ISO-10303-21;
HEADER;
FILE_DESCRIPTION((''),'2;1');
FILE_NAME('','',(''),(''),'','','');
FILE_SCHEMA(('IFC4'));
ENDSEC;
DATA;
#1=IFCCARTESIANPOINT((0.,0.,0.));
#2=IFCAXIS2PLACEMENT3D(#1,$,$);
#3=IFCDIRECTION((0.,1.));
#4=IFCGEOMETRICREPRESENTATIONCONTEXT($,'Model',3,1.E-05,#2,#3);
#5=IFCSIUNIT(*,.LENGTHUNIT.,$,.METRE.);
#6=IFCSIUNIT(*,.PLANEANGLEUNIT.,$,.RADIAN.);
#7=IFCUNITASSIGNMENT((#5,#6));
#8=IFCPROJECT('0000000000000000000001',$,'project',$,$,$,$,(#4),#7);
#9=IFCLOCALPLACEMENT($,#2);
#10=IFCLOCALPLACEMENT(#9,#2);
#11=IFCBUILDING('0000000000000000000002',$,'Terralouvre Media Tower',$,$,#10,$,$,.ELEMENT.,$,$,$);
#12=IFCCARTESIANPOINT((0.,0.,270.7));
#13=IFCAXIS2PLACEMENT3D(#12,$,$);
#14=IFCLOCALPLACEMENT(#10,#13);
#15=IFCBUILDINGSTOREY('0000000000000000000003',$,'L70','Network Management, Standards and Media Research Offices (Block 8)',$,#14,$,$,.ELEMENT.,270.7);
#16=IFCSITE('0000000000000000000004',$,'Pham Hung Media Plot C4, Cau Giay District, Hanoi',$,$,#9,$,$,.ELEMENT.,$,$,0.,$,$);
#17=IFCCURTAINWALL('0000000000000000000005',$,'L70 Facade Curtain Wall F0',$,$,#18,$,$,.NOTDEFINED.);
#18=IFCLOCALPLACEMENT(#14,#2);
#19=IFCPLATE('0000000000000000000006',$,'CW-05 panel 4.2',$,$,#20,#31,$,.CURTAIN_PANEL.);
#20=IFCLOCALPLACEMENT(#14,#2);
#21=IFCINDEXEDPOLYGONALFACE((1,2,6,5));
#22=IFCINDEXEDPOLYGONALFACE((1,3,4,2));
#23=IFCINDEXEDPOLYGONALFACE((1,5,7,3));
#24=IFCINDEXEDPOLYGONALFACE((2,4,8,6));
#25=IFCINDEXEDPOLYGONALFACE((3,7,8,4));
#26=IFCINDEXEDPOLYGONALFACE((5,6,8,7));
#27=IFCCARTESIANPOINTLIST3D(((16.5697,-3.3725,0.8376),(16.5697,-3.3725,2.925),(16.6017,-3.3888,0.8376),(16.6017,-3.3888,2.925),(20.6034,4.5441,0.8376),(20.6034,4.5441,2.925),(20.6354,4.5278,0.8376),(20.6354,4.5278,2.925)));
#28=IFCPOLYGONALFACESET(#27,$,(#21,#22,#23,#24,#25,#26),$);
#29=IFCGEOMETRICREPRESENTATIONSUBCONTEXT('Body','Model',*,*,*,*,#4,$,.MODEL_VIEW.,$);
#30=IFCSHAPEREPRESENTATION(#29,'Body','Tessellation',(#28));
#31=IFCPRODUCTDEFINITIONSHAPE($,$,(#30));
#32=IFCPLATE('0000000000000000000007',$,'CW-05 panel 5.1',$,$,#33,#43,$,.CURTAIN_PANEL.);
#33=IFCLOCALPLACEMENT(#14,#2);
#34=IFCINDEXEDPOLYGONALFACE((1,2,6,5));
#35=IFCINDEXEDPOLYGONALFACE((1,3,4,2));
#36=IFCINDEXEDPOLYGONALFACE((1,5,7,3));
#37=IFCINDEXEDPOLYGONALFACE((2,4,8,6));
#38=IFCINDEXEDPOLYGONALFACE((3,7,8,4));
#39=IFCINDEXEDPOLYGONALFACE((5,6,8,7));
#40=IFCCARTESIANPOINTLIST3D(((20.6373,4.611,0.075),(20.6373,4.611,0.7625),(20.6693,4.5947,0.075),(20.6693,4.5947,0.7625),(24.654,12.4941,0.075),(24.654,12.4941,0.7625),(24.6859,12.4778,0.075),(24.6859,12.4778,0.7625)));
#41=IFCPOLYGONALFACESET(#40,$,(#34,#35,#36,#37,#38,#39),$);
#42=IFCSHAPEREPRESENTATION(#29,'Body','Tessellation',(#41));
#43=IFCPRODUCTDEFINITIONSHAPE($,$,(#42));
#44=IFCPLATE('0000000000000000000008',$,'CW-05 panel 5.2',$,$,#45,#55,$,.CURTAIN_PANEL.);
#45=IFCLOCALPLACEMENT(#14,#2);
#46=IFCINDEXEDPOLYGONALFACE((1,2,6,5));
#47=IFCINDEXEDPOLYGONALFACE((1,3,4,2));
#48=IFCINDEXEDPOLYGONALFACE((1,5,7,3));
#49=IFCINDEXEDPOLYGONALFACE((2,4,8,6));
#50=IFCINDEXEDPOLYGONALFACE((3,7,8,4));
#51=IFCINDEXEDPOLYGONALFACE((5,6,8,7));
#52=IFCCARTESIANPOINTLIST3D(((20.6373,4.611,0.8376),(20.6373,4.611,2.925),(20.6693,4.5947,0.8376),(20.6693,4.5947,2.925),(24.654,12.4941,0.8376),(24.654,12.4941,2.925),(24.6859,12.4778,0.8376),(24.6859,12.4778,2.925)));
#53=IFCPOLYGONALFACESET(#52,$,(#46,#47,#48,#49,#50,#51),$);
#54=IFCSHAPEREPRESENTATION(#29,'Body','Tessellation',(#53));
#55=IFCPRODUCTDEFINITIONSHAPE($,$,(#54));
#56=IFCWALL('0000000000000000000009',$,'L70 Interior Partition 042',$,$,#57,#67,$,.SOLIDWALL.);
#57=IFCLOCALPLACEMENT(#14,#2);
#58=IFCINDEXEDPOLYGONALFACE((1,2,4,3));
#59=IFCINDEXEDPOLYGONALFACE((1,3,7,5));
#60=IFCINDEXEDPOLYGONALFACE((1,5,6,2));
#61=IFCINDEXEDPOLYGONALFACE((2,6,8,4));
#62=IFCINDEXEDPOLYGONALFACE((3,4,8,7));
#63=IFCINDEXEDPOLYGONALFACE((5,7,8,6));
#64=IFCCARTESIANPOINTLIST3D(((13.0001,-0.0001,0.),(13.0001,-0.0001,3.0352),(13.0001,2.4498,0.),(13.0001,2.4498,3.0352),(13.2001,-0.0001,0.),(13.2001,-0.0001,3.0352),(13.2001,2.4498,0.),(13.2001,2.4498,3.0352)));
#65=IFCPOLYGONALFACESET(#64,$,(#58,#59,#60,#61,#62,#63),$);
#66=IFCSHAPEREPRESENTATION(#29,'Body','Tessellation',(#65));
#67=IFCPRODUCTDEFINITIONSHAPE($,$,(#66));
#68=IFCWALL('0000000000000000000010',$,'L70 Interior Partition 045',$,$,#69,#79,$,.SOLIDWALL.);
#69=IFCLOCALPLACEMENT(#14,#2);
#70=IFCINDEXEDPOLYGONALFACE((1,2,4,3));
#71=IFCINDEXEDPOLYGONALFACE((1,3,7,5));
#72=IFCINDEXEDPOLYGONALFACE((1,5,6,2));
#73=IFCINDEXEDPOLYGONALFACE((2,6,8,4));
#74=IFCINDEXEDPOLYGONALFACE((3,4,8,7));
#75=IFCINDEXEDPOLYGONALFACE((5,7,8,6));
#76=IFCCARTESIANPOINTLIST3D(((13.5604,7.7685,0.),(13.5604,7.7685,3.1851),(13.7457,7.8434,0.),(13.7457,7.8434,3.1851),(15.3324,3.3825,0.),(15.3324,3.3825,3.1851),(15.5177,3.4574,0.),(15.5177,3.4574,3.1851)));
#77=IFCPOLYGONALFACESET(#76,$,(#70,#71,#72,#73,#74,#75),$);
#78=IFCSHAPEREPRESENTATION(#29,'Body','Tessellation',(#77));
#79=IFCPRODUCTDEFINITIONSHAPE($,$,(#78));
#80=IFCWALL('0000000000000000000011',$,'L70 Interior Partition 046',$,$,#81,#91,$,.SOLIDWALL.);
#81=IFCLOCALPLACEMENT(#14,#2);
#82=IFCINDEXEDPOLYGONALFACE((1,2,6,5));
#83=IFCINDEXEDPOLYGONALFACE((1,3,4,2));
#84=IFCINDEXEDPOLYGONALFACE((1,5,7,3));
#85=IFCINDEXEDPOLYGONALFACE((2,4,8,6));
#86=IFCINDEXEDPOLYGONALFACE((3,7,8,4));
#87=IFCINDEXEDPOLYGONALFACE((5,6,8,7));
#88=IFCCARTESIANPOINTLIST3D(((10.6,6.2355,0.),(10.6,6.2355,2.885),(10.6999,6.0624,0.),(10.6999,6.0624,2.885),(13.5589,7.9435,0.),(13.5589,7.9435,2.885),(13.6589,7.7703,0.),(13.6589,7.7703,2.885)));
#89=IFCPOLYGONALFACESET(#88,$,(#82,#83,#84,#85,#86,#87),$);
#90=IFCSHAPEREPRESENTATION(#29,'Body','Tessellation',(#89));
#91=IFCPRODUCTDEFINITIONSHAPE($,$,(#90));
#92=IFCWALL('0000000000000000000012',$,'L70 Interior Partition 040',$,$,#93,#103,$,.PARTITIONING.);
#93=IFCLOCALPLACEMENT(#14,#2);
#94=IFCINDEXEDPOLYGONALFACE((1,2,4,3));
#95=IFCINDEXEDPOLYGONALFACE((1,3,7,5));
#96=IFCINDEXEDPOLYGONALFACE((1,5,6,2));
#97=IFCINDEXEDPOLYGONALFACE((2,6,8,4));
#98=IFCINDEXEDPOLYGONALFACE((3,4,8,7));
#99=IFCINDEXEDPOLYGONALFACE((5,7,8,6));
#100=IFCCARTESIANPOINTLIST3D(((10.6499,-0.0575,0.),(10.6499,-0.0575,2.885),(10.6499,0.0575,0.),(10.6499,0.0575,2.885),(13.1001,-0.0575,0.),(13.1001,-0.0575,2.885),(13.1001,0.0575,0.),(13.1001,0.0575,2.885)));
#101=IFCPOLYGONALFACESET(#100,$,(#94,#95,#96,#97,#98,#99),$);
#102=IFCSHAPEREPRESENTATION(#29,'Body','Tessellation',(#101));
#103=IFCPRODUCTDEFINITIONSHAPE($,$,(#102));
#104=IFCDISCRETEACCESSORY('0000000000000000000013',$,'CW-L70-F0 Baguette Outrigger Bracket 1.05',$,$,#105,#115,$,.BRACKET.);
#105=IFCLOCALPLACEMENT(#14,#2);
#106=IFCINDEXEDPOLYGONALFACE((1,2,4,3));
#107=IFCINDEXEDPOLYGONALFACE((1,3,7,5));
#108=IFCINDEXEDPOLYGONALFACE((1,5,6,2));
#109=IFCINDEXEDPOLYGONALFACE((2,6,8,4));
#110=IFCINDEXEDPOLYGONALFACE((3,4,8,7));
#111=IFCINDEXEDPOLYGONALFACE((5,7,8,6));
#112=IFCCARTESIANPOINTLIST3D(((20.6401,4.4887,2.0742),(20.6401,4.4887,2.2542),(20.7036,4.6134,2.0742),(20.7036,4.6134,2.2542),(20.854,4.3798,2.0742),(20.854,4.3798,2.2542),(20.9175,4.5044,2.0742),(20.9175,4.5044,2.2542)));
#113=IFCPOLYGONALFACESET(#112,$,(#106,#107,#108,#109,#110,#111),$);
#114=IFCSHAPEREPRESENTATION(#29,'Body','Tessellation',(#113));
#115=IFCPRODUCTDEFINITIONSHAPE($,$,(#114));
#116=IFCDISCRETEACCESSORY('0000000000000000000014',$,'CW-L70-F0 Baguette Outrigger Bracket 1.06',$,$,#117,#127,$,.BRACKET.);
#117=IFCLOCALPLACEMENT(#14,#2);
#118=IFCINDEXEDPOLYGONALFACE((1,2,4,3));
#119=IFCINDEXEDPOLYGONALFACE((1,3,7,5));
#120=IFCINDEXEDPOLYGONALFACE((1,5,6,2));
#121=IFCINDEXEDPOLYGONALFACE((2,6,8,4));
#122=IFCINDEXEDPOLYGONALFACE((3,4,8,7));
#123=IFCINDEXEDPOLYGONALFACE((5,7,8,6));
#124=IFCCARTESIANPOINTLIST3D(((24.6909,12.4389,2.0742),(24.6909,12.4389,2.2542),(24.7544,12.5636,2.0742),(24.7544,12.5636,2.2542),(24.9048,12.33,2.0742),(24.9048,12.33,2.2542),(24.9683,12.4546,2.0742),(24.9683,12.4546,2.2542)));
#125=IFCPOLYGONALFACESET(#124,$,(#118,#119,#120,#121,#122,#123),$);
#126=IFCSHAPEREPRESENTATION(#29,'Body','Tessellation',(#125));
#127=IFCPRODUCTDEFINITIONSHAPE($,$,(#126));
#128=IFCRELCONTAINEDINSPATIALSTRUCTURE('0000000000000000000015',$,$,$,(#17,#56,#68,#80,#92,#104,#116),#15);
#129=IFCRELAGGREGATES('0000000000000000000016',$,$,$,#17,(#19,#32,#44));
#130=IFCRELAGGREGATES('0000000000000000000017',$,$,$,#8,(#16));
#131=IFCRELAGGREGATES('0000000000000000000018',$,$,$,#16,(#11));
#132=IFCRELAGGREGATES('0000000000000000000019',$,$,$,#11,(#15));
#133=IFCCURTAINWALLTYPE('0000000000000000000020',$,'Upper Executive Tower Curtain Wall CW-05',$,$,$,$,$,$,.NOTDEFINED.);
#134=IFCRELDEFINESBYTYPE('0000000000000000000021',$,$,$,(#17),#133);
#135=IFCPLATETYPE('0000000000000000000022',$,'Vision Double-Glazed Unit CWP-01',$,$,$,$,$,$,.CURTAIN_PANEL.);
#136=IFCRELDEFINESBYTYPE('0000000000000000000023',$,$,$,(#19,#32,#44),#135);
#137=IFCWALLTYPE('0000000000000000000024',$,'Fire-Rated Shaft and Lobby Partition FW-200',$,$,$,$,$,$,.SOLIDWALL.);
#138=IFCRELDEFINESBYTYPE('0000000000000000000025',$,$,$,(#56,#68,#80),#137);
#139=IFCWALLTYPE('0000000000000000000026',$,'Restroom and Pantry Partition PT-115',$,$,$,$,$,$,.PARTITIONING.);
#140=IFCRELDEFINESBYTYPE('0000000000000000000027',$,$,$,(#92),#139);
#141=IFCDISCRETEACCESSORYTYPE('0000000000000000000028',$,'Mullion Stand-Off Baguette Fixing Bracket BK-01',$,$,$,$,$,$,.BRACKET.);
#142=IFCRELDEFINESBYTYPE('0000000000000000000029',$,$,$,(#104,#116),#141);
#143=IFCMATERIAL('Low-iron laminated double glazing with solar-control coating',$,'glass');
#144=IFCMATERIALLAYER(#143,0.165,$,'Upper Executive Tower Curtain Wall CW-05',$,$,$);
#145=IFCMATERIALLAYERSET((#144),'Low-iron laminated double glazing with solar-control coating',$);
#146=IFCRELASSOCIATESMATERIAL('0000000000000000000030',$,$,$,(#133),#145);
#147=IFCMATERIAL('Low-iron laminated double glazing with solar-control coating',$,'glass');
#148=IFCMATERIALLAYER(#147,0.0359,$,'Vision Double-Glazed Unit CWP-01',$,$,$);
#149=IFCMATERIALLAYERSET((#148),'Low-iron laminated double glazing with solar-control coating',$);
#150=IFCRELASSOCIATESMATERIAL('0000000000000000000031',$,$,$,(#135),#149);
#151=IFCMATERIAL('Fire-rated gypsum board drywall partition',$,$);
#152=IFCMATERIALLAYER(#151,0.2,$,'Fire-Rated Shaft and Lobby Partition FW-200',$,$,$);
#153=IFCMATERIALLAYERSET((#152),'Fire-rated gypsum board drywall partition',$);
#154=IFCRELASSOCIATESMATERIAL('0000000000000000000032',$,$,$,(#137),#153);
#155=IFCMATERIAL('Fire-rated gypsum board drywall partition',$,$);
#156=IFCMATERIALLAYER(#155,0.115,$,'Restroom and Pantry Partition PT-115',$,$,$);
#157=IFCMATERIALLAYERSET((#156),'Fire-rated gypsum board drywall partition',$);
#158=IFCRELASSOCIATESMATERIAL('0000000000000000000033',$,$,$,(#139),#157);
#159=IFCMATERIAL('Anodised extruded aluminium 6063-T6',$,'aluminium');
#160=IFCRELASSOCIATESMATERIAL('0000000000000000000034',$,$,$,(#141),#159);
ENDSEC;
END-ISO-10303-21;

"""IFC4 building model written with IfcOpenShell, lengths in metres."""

from ifc_helpers import new_model, si_unit, direction, frame, frame_2d, origin, origin_2d, place, context, subcontext, project, spatial, rectangle, extrude, material, layer, layer_set, type_object, element, aggregate, save


model = new_model("IFC4")

# Units and contexts
model_context = context("Model", 3, precision=1e-05, world=origin(), true_north=direction((0.0, 1.0)))
body_context = subcontext(model_context, "Body", "Model", "MODEL_VIEW")
ifc_project = project(units=[si_unit("LENGTHUNIT", "METRE"), si_unit("PLANEANGLEUNIT", "RADIAN")], contexts=[model_context])

# Site, building, storey
site_placement = place(None, origin())
site = spatial("IfcSite", under=ifc_project, at=site_placement, Name="Pham Hung Media Plot C4, Cau Giay District, Hanoi", CompositionType="ELEMENT", RefElevation=0.0)
building_placement = place(site_placement, origin())
building = spatial("IfcBuilding", under=site, at=building_placement, Name="Terralouvre Media Tower", CompositionType="ELEMENT")
storey_placement = place(building_placement, frame((0.0, 0.0, 270.7)))
storey = spatial("IfcBuildingStorey", under=building, at=storey_placement, Name="L70", Description="Network Management, Standards and Media Research Offices (Block 8)", CompositionType="ELEMENT", Elevation=270.7)

# Curtain wall
ifc_material_1 = material(Name="Low-iron laminated double glazing with solar-control coating", Category="glass")
ifc_layer_1 = layer(ifc_material_1, 0.165, Name="Upper Executive Tower Curtain Wall CW-05")
ifc_layer_set_1 = layer_set([ifc_layer_1], Name="Low-iron laminated double glazing with solar-control coating")
curtain_wall_type_1 = type_object("IfcCurtainWallType", Name="Upper Executive Tower Curtain Wall CW-05", PredefinedType="NOTDEFINED", material=ifc_layer_set_1)
curtain_wall_1_placement = place(storey_placement, origin())
curtain_wall_1 = element("IfcCurtainWall", 1, at=curtain_wall_1_placement, inside=storey, type_object=curtain_wall_type_1, Name="L70 Facade Curtain Wall F0", PredefinedType="NOTDEFINED")

# Plates
ifc_material_2 = material(Name="Low-iron laminated double glazing with solar-control coating", Category="glass")
ifc_layer_2 = layer(ifc_material_2, 0.0359, Name="Vision Double-Glazed Unit CWP-01")
ifc_layer_set_2 = layer_set([ifc_layer_2], Name="Low-iron laminated double glazing with solar-control coating")
plate_type = type_object("IfcPlateType", Name="Vision Double-Glazed Unit CWP-01", PredefinedType="CURTAIN_PANEL", material=ifc_layer_set_2)
plate_1_placement = place(storey_placement, frame((18.6025, 0.5776, 0.8376), z_axis=(0.0, 0.0, 1.0), x_axis=(0.45399, 0.891007, 0.0)))
plate_1 = element("IfcPlate", 2, at=plate_1_placement, type_object=plate_type, Name="CW-05 panel 4.2", PredefinedType="CURTAIN_PANEL", context=body_context, shape_type="SweptSolid", body=[
    extrude(rectangle(XDim=8.885, YDim=0.0359, at=origin_2d()), origin(), (0.0, 0.0, 1.0), 2.0874),
])
plate_2_placement = place(storey_placement, frame((22.6616, 8.5444, 0.075), z_axis=(0.0, 0.0, 1.0), x_axis=(0.45399, 0.891007, 0.0)))
plate_2 = element("IfcPlate", 3, at=plate_2_placement, type_object=plate_type, Name="CW-05 panel 5.1", PredefinedType="CURTAIN_PANEL", context=body_context, shape_type="SweptSolid", body=[
    extrude(rectangle(XDim=8.8474, YDim=0.0359, at=origin_2d()), origin(), (0.0, 0.0, 1.0), 0.6875),
])
plate_3_placement = place(storey_placement, frame((22.6616, 8.5444, 0.8376), z_axis=(0.0, 0.0, 1.0), x_axis=(0.45399, 0.891007, 0.0)))
plate_3 = element("IfcPlate", 4, at=plate_3_placement, type_object=plate_type, Name="CW-05 panel 5.2", PredefinedType="CURTAIN_PANEL", context=body_context, shape_type="SweptSolid", body=[
    extrude(rectangle(XDim=8.8474, YDim=0.0359, at=origin_2d()), origin(), (0.0, 0.0, 1.0), 2.0874),
])
aggregate(curtain_wall_1, [plate_1, plate_2, plate_3])

# Walls
ifc_material_3 = material(Name="Fire-rated gypsum board drywall partition")
ifc_layer_3 = layer(ifc_material_3, 0.2, Name="Fire-Rated Shaft and Lobby Partition FW-200")
ifc_layer_set_3 = layer_set([ifc_layer_3], Name="Fire-rated gypsum board drywall partition")
wall_type_1 = type_object("IfcWallType", Name="Fire-Rated Shaft and Lobby Partition FW-200", PredefinedType="SOLIDWALL", material=ifc_layer_set_3)
wall_1_placement = place(storey_placement, frame((13.1001, 2.45, 0.0), z_axis=(0.0, 0.0, 1.0), x_axis=(0.0, -1.0, 0.0)))
element("IfcWall", 5, at=wall_1_placement, inside=storey, type_object=wall_type_1, Name="L70 Interior Partition 042", PredefinedType="SOLIDWALL", context=body_context, shape_type="SweptSolid", body=[
    extrude(rectangle(XDim=2.45, YDim=0.2, at=frame_2d((1.2251, 0.0))), origin(), (0.0, 0.0, 1.0), 3.0352),
])
wall_2_placement = place(storey_placement, frame((15.425, 3.4199, 0.0), z_axis=(0.0, 0.0, 1.0), x_axis=(-0.374592, 0.92719, 0.0)))
element("IfcWall", 6, at=wall_2_placement, inside=storey, type_object=wall_type_1, Name="L70 Interior Partition 045", PredefinedType="SOLIDWALL", context=body_context, shape_type="SweptSolid", body=[
    extrude(rectangle(XDim=4.7305, YDim=0.2, at=frame_2d((2.3652, 0.0))), origin(), (0.0, 0.0, 1.0), 3.1851),
])
wall_3_placement = place(storey_placement, frame((13.6089, 7.8569, 0.0), z_axis=(0.0, 0.0, 1.0), x_axis=(-0.866071, -0.49992, 0.0)))
element("IfcWall", 7, at=wall_3_placement, inside=storey, type_object=wall_type_1, Name="L70 Interior Partition 046", PredefinedType="SOLIDWALL", context=body_context, shape_type="SweptSolid", body=[
    extrude(rectangle(XDim=3.4165, YDim=0.2, at=frame_2d((1.7083, 0.0))), origin(), (0.0, 0.0, 1.0), 2.885),
])
ifc_material_4 = material(Name="Fire-rated gypsum board drywall partition")
ifc_layer_4 = layer(ifc_material_4, 0.115, Name="Restroom and Pantry Partition PT-115")
ifc_layer_set_4 = layer_set([ifc_layer_4], Name="Fire-rated gypsum board drywall partition")
wall_type_2 = type_object("IfcWallType", Name="Restroom and Pantry Partition PT-115", PredefinedType="PARTITIONING", material=ifc_layer_set_4)
wall_4_placement = place(storey_placement, frame((13.1001, 0.0, 0.0), z_axis=(0.0, 0.0, 1.0), x_axis=(-1.0, 0.0, 0.0)))
element("IfcWall", 8, at=wall_4_placement, inside=storey, type_object=wall_type_2, Name="L70 Interior Partition 040", PredefinedType="PARTITIONING", context=body_context, shape_type="SweptSolid", body=[
    extrude(rectangle(XDim=2.4502, YDim=0.115, at=frame_2d((1.2251, 0.0))), origin(), (0.0, 0.0, 1.0), 2.885),
])

# Discrete accessories
ifc_material_5 = material(Name="Anodised extruded aluminium 6063-T6", Category="aluminium")
discrete_accessory_type = type_object("IfcDiscreteAccessoryType", Name="Mullion Stand-Off Baguette Fixing Bracket BK-01", PredefinedType="BRACKET", material=ifc_material_5)
for number, where, z_axis, x_axis, name in (
    (9, (20.7788, 4.4966, 2.0742), (0.0, 0.0, 1.0), (0.45399, 0.891007, 0.0), "CW-L70-F0 Baguette Outrigger Bracket 1.05"),
    (10, (24.8296, 12.4468, 2.0742), (0.0, 0.0, 1.0), (0.45399, 0.891007, 0.0), "CW-L70-F0 Baguette Outrigger Bracket 1.06"),
):
    element("IfcDiscreteAccessory", number, at=place(storey_placement, frame(where, z_axis=z_axis, x_axis=x_axis)), inside=storey, type_object=discrete_accessory_type, Name=name, PredefinedType="BRACKET", context=body_context, shape_type="SweptSolid", body=[
        extrude(rectangle(XDim=0.1399, YDim=0.24, at=origin_2d()), origin(), (0.0, 0.0, 1.0), 0.1799),
    ])

save(model, "model.ifc")
